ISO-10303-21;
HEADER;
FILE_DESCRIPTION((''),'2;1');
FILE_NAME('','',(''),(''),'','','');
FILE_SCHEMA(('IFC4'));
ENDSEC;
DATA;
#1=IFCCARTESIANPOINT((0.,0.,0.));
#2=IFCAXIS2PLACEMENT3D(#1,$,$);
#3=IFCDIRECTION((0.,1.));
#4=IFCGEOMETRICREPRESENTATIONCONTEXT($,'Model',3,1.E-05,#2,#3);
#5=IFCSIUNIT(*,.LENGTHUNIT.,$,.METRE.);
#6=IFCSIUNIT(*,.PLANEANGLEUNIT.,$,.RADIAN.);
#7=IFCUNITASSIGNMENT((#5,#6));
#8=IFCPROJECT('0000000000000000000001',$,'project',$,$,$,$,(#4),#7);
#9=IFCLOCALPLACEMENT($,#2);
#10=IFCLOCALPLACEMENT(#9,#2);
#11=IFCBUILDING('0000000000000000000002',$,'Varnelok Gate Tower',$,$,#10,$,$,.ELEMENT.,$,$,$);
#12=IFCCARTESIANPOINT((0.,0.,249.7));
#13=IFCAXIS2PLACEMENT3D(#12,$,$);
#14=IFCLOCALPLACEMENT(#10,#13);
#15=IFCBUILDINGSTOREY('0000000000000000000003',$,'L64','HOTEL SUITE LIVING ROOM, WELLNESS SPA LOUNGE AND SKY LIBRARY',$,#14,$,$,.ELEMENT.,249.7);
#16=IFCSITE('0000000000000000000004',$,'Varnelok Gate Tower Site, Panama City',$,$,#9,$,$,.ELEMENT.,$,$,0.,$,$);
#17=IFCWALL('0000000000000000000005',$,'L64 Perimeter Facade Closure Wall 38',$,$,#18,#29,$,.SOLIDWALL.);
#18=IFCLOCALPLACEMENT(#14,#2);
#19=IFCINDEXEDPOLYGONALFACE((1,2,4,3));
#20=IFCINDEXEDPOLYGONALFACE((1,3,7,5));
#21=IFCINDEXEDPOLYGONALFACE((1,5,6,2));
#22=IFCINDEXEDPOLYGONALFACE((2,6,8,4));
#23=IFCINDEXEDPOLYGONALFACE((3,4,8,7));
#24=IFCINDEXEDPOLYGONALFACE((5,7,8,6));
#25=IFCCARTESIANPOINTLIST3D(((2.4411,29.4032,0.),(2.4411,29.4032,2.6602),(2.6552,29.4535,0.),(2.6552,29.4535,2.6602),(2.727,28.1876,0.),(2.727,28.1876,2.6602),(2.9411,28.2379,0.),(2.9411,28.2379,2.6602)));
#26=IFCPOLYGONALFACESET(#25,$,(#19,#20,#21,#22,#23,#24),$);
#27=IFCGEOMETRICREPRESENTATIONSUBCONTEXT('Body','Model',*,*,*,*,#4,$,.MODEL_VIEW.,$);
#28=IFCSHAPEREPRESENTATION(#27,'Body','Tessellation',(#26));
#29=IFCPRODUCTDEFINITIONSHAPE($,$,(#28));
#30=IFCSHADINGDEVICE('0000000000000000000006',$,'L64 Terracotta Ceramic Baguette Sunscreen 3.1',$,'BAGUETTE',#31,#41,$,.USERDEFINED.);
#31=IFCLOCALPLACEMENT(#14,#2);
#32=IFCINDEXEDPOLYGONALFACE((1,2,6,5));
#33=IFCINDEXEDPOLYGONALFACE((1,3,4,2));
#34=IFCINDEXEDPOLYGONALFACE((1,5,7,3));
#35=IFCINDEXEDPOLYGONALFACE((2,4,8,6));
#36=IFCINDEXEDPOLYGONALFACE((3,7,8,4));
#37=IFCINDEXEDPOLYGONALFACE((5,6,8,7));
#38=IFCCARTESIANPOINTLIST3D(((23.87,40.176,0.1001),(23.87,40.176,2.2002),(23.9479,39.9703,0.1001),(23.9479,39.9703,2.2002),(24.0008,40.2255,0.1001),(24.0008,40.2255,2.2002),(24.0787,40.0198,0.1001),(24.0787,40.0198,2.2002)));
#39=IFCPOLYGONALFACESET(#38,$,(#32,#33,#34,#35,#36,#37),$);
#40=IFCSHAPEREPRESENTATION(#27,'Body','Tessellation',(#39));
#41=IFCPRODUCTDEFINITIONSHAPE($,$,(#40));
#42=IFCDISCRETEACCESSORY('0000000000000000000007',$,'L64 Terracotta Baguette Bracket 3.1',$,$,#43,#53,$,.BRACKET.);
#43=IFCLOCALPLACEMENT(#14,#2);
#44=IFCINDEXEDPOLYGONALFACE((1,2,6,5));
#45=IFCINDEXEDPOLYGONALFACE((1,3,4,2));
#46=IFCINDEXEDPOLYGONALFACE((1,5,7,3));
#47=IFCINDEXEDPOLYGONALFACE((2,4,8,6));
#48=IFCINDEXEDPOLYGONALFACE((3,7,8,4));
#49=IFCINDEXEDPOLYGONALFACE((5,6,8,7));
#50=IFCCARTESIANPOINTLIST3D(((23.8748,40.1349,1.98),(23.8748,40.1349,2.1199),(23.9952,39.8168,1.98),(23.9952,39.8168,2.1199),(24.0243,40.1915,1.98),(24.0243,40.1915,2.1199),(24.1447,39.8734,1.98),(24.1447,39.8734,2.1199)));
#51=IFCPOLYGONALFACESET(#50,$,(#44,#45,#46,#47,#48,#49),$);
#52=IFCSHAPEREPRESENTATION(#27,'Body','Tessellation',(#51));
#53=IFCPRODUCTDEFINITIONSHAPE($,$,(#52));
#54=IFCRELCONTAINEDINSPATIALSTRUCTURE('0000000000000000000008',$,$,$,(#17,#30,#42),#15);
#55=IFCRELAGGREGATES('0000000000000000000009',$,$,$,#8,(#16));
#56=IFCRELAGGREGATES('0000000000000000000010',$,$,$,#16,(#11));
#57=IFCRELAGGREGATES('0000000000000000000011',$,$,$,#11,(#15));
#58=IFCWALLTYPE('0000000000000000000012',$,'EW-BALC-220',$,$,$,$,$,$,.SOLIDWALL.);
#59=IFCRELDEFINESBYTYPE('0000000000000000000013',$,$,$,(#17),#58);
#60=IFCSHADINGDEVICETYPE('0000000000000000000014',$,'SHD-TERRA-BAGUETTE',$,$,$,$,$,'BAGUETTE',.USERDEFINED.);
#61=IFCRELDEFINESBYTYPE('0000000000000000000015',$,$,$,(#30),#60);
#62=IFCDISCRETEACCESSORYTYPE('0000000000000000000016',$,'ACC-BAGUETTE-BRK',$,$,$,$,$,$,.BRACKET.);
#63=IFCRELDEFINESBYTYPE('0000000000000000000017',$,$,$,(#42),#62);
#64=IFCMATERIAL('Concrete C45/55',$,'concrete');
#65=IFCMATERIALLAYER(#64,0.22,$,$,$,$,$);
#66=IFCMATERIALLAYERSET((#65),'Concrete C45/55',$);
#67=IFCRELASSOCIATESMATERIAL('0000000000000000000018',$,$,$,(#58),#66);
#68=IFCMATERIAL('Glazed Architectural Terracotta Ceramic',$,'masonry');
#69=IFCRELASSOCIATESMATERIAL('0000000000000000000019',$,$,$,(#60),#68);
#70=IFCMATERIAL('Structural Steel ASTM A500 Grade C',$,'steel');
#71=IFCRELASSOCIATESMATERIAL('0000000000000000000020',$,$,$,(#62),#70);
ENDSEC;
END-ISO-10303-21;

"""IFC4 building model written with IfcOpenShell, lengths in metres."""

from ifc_helpers import new_model, si_unit, direction, frame, frame_2d, origin, origin_2d, place, context, subcontext, project, spatial, rectangle, extrude, source, transform, mapped, material, layer, layer_set, type_object, element, save


model = new_model("IFC4")

# Units and contexts
model_context = context("Model", 3, precision=1e-05, world=origin(), true_north=direction((0.0, 1.0)))
body_context = subcontext(model_context, "Body", "Model", "MODEL_VIEW")
ifc_project = project(units=[si_unit("LENGTHUNIT", "METRE"), si_unit("PLANEANGLEUNIT", "RADIAN")], contexts=[model_context])

# Site, building, storey
site_placement = place(None, origin())
site = spatial("IfcSite", under=ifc_project, at=site_placement, Name="Varnelok Gate Tower Site, Panama City", CompositionType="ELEMENT", RefElevation=0.0)
building_placement = place(site_placement, origin())
building = spatial("IfcBuilding", under=site, at=building_placement, Name="Varnelok Gate Tower", CompositionType="ELEMENT")
storey_placement = place(building_placement, frame((0.0, 0.0, 249.7)))
storey = spatial("IfcBuildingStorey", under=building, at=storey_placement, Name="L64", Description="HOTEL SUITE LIVING ROOM, WELLNESS SPA LOUNGE AND SKY LIBRARY", CompositionType="ELEMENT", Elevation=249.7)

# Shared definitions
ifc_material_1 = material(Name="Concrete C45/55", Category="concrete")
ifc_layer_1 = layer(ifc_material_1, 0.22)
ifc_layer_set_1 = layer_set([ifc_layer_1], Name="Concrete C45/55")
wall_type = type_object("IfcWallType", Name="EW-BALC-220", PredefinedType="SOLIDWALL", material=ifc_layer_set_1)

# Wall
wall_1_placement = place(storey_placement, frame((2.5481, 29.4285, 0.0), z_axis=(0.0, 0.0, 1.0), x_axis=(0.228941, -0.97344, 0.0)))
element("IfcWall", 1, at=wall_1_placement, inside=storey, type_object=wall_type, Name="L64 Perimeter Facade Closure Wall 38", PredefinedType="SOLIDWALL", context=body_context, shape_type="SweptSolid", body=[
    extrude(rectangle(XDim=1.2488, YDim=0.22, at=frame_2d((0.6245, 0.0))), origin(), (0.0, 0.0, 1.0), 2.6602),
])

# Shading device
ifc_material_2 = material(Name="Glazed Architectural Terracotta Ceramic", Category="masonry")
shading_device_type = type_object("IfcShadingDeviceType", Name="SHD-TERRA-BAGUETTE", ElementType="BAGUETTE", PredefinedType="USERDEFINED", material=ifc_material_2)
shared_shape_1 = source(origin(), body_context, "Body", "SweptSolid", [
    extrude(rectangle(XDim=0.1399, YDim=0.22, at=origin_2d()), origin(), (0.0, 0.0, 1.0), 2.1001),
])
shading_device_placement = place(storey_placement, frame((23.9744, 40.0979, 0.1001), z_axis=(0.0, 0.0, 1.0), x_axis=(0.935222, 0.354063, 0.0)))
element("IfcShadingDevice", 2, at=shading_device_placement, inside=storey, type_object=shading_device_type, Name="L64 Terracotta Ceramic Baguette Sunscreen 3.1", ObjectType="BAGUETTE", PredefinedType="USERDEFINED", context=body_context, shape_type="MappedRepresentation", body=[
    mapped(shared_shape_1, transform((0.0, 0.0, 0.0), scale=1.0)),
])

# Discrete accessory
ifc_material_3 = material(Name="Structural Steel ASTM A500 Grade C", Category="steel")
discrete_accessory_type = type_object("IfcDiscreteAccessoryType", Name="ACC-BAGUETTE-BRK", PredefinedType="BRACKET", material=ifc_material_3)
shared_shape_2 = source(origin(), body_context, "Body", "SweptSolid", [
    extrude(rectangle(XDim=0.1599, YDim=0.3401, at=origin_2d()), origin(), (0.0, 0.0, 1.0), 0.1399),
])
discrete_accessory_placement = place(storey_placement, frame((24.0098, 40.0042, 1.98), z_axis=(0.0, 0.0, 1.0), x_axis=(0.935222, 0.354063, 0.0)))
element("IfcDiscreteAccessory", 3, at=discrete_accessory_placement, inside=storey, type_object=discrete_accessory_type, Name="L64 Terracotta Baguette Bracket 3.1", PredefinedType="BRACKET", context=body_context, shape_type="MappedRepresentation", body=[
    mapped(shared_shape_2, transform((0.0, 0.0, 0.0), scale=1.0)),
])

save(model, "model.ifc")
